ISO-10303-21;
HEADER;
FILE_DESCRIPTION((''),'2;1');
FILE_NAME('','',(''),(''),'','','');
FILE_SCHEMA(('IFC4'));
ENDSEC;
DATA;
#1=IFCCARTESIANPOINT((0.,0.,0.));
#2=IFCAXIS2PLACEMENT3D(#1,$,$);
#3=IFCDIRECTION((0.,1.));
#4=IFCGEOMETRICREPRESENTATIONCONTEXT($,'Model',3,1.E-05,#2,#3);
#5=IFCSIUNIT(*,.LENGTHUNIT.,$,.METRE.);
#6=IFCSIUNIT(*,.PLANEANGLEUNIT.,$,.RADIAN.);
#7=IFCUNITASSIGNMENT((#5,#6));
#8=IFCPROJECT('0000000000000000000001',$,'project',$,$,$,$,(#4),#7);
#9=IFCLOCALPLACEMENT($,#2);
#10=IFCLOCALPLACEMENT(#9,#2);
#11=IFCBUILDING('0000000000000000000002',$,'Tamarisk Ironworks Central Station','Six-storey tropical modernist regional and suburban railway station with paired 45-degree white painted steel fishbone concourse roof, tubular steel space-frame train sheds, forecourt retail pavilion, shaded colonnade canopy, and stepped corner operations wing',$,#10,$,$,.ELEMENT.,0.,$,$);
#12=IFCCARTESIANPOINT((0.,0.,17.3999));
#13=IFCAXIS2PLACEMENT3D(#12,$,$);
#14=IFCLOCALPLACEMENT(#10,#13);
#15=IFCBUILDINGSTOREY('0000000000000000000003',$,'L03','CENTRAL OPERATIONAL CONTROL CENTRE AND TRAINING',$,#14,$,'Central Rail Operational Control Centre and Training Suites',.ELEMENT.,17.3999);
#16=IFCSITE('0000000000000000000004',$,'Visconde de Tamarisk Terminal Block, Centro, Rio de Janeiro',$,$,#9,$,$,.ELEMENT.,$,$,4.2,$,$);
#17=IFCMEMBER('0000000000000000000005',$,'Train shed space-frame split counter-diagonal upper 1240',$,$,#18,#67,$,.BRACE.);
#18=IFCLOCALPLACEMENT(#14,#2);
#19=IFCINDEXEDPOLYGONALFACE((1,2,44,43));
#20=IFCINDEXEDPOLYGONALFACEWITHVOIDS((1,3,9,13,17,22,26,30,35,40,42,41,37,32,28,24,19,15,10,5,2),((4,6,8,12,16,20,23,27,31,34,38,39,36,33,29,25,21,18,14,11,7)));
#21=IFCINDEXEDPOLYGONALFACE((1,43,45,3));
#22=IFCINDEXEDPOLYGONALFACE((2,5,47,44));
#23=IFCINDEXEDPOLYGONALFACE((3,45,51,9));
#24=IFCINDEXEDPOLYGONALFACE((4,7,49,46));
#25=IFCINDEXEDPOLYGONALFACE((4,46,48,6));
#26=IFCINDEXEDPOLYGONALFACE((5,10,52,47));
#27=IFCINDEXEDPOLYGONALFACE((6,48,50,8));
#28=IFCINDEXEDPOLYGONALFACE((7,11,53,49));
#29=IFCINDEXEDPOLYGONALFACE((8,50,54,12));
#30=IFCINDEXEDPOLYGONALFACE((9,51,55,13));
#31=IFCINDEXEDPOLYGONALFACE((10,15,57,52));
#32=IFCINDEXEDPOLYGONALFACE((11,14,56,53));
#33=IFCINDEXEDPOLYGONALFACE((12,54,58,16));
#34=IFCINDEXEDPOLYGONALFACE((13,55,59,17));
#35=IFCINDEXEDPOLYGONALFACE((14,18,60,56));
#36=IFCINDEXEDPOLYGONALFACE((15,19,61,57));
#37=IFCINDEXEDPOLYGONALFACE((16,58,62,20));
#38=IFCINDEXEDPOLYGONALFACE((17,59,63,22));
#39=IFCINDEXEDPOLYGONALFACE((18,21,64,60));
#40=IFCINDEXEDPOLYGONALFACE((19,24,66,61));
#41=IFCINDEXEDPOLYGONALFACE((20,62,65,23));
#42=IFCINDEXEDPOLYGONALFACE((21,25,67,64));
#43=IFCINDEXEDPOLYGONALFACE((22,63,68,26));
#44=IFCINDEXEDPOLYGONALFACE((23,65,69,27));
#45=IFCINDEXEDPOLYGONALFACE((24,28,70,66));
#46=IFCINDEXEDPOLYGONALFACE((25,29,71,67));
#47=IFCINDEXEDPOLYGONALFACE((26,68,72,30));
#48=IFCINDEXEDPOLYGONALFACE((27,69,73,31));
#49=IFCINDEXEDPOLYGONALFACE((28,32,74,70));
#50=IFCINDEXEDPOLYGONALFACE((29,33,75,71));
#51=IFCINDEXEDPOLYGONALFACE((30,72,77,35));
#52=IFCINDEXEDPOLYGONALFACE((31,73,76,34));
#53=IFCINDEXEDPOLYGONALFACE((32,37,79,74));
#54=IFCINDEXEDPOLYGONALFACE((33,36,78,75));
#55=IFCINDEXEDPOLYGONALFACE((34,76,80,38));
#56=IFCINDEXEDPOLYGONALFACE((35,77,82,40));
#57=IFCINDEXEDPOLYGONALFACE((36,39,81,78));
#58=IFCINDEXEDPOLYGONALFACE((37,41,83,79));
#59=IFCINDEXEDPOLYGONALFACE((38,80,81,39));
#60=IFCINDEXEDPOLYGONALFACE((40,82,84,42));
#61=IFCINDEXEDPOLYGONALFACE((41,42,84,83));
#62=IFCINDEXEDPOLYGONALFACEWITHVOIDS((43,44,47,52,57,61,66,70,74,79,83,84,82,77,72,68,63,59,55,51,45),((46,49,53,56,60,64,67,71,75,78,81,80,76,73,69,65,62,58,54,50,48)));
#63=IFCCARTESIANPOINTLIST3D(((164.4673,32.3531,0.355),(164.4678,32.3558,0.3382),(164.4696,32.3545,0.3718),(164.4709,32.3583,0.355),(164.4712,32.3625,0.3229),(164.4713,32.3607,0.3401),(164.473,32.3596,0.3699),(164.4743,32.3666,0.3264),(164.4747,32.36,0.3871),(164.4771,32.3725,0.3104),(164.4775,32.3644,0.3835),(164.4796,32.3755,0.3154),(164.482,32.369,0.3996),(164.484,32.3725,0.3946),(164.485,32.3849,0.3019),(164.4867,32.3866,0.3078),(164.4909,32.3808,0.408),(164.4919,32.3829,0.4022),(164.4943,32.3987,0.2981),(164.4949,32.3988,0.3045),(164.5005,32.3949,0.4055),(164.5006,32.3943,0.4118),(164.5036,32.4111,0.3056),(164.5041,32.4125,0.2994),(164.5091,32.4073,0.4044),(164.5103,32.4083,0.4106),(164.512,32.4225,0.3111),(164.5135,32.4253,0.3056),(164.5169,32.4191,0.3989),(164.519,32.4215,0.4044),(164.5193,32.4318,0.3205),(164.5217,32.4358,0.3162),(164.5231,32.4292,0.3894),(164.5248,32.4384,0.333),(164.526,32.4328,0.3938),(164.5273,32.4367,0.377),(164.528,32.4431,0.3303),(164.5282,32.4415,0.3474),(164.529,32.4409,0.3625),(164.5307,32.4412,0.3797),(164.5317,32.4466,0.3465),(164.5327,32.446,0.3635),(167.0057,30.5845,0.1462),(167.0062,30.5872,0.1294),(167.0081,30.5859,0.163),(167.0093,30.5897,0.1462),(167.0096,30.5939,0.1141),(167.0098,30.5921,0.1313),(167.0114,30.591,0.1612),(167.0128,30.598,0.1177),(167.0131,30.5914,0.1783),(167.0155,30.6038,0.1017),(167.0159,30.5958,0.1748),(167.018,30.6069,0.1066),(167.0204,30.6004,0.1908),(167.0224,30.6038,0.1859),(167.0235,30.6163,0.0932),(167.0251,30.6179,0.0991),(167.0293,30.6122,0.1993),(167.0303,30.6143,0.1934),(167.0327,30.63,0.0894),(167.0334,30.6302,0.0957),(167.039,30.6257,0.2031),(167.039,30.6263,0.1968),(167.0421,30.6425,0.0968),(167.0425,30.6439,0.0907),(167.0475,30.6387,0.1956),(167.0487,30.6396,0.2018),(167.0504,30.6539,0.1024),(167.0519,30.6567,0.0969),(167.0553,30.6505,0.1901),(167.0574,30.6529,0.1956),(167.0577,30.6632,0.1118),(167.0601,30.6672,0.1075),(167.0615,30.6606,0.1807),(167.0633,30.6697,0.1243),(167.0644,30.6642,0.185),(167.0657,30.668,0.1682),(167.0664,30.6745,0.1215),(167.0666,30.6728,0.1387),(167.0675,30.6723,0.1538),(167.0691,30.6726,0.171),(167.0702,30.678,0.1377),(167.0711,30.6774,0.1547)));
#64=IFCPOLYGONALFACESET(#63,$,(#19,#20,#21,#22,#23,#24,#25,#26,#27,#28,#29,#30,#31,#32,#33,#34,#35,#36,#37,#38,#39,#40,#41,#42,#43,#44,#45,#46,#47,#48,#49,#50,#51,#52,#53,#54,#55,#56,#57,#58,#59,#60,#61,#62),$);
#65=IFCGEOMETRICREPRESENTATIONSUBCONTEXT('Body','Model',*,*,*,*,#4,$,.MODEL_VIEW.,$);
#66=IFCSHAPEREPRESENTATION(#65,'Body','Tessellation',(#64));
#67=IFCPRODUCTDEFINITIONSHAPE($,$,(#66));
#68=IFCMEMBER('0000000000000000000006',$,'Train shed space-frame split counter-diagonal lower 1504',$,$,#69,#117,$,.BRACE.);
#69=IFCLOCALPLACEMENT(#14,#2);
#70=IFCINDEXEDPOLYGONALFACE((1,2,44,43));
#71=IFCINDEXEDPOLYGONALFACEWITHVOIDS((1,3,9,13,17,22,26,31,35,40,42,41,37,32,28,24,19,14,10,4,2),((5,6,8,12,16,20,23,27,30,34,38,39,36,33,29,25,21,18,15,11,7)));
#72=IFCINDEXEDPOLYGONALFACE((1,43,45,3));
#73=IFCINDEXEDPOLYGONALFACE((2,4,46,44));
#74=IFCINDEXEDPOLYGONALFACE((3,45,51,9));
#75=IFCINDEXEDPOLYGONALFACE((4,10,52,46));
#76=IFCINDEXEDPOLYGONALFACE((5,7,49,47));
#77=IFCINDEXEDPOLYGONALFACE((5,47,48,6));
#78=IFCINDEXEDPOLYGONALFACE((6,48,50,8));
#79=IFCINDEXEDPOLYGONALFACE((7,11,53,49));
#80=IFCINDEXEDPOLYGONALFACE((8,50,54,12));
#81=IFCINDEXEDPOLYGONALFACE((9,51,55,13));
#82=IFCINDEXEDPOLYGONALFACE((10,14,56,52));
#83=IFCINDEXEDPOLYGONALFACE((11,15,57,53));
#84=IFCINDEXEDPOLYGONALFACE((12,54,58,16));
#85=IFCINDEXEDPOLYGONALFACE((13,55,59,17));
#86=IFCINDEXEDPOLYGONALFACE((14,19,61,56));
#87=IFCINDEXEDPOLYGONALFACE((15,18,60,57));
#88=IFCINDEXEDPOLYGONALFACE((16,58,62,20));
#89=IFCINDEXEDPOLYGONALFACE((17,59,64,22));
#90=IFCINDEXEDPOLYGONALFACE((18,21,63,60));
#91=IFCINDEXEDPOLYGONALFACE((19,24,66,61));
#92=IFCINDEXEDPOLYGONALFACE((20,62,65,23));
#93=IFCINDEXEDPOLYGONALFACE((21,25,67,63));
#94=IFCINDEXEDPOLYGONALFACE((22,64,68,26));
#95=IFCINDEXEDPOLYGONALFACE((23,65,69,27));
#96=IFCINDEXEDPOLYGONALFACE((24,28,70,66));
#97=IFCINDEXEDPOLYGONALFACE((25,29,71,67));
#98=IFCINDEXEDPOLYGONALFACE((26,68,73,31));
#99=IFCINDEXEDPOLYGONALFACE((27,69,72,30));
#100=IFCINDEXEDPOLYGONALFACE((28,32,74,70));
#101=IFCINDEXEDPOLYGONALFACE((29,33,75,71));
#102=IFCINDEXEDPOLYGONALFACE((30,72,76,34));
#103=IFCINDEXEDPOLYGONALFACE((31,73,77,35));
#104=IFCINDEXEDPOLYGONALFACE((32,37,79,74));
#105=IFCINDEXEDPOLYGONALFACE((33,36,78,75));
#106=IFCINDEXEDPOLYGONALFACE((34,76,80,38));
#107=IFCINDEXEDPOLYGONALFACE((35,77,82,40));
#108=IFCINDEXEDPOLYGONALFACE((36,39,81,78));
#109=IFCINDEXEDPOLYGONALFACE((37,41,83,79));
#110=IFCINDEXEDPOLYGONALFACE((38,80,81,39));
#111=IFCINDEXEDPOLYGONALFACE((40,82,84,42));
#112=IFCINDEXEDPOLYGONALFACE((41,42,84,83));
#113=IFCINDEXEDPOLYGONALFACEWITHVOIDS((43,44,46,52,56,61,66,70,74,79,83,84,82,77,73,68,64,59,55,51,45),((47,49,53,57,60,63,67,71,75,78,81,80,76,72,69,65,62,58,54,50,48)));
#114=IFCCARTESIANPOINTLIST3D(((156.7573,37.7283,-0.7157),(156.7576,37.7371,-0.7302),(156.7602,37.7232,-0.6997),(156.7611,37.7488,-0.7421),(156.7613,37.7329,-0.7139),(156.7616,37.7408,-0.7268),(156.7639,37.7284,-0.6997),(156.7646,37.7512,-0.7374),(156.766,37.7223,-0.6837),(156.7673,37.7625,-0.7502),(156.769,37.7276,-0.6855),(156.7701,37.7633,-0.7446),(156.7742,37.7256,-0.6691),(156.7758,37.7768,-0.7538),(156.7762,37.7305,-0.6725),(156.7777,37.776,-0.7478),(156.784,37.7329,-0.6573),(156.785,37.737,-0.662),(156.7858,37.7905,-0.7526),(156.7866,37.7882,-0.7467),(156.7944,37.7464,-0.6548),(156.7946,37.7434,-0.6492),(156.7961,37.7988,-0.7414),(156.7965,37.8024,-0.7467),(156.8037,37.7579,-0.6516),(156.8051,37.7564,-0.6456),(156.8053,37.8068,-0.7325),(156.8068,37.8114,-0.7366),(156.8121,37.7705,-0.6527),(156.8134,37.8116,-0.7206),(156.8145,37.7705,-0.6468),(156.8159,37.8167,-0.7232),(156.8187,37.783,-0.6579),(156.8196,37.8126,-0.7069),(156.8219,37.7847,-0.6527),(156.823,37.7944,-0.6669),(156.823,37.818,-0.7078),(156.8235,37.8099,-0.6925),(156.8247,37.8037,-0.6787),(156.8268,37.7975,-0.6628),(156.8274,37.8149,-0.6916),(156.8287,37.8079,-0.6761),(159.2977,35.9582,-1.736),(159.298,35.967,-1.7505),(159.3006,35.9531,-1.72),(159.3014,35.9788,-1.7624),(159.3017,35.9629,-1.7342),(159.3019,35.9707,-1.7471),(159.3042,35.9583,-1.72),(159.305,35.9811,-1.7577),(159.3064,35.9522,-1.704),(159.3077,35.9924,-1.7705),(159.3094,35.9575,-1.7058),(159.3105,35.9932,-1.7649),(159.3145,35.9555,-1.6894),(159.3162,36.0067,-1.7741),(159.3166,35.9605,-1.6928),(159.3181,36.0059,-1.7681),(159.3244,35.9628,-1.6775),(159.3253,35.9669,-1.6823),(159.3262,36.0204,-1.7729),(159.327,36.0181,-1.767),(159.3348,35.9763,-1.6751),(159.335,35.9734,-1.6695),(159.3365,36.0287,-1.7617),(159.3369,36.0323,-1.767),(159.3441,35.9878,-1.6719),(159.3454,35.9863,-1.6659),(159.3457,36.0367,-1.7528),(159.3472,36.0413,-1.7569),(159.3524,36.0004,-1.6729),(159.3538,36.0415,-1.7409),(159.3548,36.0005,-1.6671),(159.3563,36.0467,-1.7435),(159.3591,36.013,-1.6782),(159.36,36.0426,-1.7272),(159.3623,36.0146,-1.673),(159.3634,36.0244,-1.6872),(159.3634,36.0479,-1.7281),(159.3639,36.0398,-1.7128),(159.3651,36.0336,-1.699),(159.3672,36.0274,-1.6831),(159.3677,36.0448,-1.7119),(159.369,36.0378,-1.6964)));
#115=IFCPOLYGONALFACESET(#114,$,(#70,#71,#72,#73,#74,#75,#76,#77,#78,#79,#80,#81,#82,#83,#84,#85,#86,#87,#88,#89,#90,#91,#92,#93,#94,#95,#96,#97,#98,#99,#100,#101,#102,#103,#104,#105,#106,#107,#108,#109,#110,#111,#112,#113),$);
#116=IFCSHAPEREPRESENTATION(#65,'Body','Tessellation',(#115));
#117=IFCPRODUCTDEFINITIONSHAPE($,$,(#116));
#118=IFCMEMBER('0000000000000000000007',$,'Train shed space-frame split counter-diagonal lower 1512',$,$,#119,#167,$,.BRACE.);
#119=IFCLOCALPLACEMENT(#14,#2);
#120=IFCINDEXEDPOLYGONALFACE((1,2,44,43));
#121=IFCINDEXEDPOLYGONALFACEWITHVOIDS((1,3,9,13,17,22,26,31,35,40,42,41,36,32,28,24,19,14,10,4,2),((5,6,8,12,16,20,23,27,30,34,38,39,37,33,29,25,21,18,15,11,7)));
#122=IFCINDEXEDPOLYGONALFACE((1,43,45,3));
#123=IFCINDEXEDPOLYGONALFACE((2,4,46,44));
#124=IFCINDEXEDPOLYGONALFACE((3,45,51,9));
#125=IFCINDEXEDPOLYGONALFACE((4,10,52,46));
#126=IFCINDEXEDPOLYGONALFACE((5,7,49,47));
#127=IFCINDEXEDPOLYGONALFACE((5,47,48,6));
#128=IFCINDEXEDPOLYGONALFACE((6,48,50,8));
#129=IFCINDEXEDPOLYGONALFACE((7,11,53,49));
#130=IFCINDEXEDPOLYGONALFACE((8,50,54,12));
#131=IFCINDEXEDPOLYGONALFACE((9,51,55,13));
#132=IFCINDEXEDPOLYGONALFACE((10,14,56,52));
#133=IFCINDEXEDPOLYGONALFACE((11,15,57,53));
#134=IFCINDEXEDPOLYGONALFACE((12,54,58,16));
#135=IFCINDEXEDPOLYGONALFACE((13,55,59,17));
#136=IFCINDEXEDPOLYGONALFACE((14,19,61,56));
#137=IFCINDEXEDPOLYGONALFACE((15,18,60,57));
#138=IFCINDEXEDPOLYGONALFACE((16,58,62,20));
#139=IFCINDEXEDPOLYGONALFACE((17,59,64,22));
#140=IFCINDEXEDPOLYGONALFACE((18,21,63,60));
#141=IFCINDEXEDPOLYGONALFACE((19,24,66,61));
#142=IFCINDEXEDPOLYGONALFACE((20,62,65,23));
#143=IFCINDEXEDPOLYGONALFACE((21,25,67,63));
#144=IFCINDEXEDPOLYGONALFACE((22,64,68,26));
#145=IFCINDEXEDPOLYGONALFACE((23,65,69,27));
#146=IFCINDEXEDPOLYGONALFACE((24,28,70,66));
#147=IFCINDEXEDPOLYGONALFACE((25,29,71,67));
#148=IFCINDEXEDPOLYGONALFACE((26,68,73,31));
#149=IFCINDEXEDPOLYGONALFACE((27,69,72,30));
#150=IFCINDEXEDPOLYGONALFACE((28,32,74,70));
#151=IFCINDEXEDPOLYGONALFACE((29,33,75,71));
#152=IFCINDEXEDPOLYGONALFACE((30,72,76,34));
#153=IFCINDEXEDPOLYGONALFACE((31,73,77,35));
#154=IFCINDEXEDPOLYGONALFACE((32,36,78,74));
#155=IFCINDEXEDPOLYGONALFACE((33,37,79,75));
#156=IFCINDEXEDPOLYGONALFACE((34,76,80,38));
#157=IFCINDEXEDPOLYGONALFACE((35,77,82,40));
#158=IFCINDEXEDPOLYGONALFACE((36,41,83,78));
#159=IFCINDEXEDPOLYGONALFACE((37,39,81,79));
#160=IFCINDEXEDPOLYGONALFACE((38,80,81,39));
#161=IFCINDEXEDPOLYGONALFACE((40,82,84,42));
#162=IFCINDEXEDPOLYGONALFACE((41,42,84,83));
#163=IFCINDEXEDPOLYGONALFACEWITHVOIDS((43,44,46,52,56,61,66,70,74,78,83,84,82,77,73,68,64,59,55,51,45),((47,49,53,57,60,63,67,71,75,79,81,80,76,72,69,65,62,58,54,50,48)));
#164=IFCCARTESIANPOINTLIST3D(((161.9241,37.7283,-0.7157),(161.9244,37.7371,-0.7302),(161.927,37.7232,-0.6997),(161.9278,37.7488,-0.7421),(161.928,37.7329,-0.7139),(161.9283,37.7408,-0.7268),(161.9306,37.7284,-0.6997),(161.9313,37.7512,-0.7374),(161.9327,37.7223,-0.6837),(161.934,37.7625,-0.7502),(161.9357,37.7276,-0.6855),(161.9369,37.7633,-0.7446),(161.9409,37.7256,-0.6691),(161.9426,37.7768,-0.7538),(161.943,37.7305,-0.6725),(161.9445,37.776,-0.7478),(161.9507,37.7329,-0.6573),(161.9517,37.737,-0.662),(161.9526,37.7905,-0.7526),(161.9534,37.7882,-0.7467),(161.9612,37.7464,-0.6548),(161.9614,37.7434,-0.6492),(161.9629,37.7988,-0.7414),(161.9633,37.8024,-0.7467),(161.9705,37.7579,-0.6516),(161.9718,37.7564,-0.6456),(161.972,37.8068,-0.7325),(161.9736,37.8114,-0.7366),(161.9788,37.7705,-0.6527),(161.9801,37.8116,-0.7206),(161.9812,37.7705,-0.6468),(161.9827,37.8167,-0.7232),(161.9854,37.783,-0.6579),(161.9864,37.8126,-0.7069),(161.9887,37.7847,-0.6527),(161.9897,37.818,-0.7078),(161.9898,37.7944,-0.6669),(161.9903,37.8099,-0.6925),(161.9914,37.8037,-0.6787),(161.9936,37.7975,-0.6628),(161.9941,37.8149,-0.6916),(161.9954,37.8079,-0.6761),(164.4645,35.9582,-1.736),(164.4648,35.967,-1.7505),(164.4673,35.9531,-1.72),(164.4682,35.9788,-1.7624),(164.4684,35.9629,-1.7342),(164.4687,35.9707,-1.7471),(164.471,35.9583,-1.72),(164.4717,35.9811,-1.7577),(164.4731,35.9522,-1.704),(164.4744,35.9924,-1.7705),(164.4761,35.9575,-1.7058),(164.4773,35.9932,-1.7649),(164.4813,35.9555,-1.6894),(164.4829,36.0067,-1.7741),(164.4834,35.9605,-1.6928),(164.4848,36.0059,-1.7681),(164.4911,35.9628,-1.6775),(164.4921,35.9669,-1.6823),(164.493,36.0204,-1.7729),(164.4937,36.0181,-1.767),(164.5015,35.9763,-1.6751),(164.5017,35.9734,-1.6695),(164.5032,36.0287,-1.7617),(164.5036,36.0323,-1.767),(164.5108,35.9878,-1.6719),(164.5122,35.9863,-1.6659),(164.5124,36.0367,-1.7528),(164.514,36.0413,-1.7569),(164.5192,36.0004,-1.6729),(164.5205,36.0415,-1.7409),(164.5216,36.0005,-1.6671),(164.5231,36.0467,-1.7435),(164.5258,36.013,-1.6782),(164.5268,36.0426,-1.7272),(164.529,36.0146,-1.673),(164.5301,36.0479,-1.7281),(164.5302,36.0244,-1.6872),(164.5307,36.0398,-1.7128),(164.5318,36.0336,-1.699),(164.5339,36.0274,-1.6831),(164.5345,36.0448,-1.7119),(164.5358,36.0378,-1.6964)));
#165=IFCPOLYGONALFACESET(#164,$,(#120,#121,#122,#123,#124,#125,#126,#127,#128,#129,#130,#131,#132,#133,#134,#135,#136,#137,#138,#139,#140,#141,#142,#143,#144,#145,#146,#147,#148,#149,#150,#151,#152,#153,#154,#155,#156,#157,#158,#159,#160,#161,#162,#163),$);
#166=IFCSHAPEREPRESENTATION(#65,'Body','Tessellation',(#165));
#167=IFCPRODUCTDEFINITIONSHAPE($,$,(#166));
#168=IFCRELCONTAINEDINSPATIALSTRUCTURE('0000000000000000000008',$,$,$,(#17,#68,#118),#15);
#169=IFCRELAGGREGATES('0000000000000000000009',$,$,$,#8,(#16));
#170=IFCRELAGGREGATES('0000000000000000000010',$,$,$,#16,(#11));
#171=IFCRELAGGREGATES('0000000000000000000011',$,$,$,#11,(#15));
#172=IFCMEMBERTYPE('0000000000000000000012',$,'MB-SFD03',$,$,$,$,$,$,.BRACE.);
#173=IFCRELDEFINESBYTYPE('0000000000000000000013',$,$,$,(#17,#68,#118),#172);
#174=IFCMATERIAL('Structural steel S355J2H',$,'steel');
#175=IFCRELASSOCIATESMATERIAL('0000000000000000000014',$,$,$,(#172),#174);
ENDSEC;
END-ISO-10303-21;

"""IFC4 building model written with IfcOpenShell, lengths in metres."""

from ifc_helpers import new_model, si_unit, direction, frame, origin, origin_2d, place, context, subcontext, project, spatial, hollow_circle, extrude, material, material_profile, profile_set, type_object, element, save


model = new_model("IFC4")

# Units and contexts
model_context = context("Model", 3, precision=1e-05, world=origin(), true_north=direction((0.0, 1.0)))
body_context = subcontext(model_context, "Body", "Model", "MODEL_VIEW")
ifc_project = project(units=[si_unit("LENGTHUNIT", "METRE"), si_unit("PLANEANGLEUNIT", "RADIAN")], contexts=[model_context])

# Site, building, storey
site_placement = place(None, origin())
site = spatial("IfcSite", under=ifc_project, at=site_placement, Name="Visconde de Tamarisk Terminal Block, Centro, Rio de Janeiro", CompositionType="ELEMENT", RefElevation=4.2)
building_placement = place(site_placement, origin())
building = spatial("IfcBuilding", under=site, at=building_placement, Name="Tamarisk Ironworks Central Station", Description="Six-storey tropical modernist regional and suburban railway station with paired 45-degree white painted steel fishbone concourse roof, tubular steel space-frame train sheds, forecourt retail pavilion, shaded colonnade canopy, and stepped corner operations wing", CompositionType="ELEMENT", ElevationOfRefHeight=0.0)
storey_placement = place(building_placement, frame((0.0, 0.0, 17.3999)))
storey = spatial("IfcBuildingStorey", under=building, at=storey_placement, Name="L03", Description="CENTRAL OPERATIONAL CONTROL CENTRE AND TRAINING", LongName="Central Rail Operational Control Centre and Training Suites", CompositionType="ELEMENT", Elevation=17.3999)

# Members
ifc_material_1 = material(Name="Structural steel S355J2H", Category="steel")
ifc_material_profile_1 = material_profile(ifc_material_1, hollow_circle(Radius=0.0571, WallThickness=0.0063, at=origin_2d()), Name="CHS 114.3x6.3")
ifc_profile_set_1 = profile_set([ifc_material_profile_1], Name="Structural steel S355J2H")
member_type_1 = type_object("IfcMemberType", Name="MB-SFD03", PredefinedType="BRACE", material=ifc_profile_set_1)
for number, where, z_axis, x_axis, name in (
    (1, (167.0383, 30.6313, 0.1462), (-0.818625, 0.570369, 0.06732), (-0.571666, -0.820487, 0.0), "Train shed space-frame split counter-diagonal upper 1240"),
):
    element("IfcMember", number, at=place(storey_placement, frame(where, z_axis=z_axis, x_axis=x_axis)), inside=storey, type_object=member_type_1, Name=name, PredefinedType="BRACE", context=body_context, shape_type="SweptSolid", body=[
        extrude(hollow_circle(Radius=0.0571, WallThickness=0.0063, at=origin_2d()), origin(), (0.0, 0.0, 1.0), 3.1008),
    ])
for number, where, z_axis, x_axis, name in (
    (2, (159.3333, 36.0, -1.72), (-0.779252, 0.542967, 0.312974), (-0.571688, -0.820471, 0.0), "Train shed space-frame split counter-diagonal lower 1504"),
    (3, (164.5, 36.0, -1.72), (-0.779252, 0.542967, 0.312974), (-0.571688, -0.820471, 0.0), "Train shed space-frame split counter-diagonal lower 1512"),
):
    element("IfcMember", number, at=place(storey_placement, frame(where, z_axis=z_axis, x_axis=x_axis)), inside=storey, type_object=member_type_1, Name=name, PredefinedType="BRACE", context=body_context, shape_type="SweptSolid", body=[
        extrude(hollow_circle(Radius=0.0571, WallThickness=0.0063, at=origin_2d()), origin(), (0.0, 0.0, 1.0), 3.26),
    ])

save(model, "model.ifc")
